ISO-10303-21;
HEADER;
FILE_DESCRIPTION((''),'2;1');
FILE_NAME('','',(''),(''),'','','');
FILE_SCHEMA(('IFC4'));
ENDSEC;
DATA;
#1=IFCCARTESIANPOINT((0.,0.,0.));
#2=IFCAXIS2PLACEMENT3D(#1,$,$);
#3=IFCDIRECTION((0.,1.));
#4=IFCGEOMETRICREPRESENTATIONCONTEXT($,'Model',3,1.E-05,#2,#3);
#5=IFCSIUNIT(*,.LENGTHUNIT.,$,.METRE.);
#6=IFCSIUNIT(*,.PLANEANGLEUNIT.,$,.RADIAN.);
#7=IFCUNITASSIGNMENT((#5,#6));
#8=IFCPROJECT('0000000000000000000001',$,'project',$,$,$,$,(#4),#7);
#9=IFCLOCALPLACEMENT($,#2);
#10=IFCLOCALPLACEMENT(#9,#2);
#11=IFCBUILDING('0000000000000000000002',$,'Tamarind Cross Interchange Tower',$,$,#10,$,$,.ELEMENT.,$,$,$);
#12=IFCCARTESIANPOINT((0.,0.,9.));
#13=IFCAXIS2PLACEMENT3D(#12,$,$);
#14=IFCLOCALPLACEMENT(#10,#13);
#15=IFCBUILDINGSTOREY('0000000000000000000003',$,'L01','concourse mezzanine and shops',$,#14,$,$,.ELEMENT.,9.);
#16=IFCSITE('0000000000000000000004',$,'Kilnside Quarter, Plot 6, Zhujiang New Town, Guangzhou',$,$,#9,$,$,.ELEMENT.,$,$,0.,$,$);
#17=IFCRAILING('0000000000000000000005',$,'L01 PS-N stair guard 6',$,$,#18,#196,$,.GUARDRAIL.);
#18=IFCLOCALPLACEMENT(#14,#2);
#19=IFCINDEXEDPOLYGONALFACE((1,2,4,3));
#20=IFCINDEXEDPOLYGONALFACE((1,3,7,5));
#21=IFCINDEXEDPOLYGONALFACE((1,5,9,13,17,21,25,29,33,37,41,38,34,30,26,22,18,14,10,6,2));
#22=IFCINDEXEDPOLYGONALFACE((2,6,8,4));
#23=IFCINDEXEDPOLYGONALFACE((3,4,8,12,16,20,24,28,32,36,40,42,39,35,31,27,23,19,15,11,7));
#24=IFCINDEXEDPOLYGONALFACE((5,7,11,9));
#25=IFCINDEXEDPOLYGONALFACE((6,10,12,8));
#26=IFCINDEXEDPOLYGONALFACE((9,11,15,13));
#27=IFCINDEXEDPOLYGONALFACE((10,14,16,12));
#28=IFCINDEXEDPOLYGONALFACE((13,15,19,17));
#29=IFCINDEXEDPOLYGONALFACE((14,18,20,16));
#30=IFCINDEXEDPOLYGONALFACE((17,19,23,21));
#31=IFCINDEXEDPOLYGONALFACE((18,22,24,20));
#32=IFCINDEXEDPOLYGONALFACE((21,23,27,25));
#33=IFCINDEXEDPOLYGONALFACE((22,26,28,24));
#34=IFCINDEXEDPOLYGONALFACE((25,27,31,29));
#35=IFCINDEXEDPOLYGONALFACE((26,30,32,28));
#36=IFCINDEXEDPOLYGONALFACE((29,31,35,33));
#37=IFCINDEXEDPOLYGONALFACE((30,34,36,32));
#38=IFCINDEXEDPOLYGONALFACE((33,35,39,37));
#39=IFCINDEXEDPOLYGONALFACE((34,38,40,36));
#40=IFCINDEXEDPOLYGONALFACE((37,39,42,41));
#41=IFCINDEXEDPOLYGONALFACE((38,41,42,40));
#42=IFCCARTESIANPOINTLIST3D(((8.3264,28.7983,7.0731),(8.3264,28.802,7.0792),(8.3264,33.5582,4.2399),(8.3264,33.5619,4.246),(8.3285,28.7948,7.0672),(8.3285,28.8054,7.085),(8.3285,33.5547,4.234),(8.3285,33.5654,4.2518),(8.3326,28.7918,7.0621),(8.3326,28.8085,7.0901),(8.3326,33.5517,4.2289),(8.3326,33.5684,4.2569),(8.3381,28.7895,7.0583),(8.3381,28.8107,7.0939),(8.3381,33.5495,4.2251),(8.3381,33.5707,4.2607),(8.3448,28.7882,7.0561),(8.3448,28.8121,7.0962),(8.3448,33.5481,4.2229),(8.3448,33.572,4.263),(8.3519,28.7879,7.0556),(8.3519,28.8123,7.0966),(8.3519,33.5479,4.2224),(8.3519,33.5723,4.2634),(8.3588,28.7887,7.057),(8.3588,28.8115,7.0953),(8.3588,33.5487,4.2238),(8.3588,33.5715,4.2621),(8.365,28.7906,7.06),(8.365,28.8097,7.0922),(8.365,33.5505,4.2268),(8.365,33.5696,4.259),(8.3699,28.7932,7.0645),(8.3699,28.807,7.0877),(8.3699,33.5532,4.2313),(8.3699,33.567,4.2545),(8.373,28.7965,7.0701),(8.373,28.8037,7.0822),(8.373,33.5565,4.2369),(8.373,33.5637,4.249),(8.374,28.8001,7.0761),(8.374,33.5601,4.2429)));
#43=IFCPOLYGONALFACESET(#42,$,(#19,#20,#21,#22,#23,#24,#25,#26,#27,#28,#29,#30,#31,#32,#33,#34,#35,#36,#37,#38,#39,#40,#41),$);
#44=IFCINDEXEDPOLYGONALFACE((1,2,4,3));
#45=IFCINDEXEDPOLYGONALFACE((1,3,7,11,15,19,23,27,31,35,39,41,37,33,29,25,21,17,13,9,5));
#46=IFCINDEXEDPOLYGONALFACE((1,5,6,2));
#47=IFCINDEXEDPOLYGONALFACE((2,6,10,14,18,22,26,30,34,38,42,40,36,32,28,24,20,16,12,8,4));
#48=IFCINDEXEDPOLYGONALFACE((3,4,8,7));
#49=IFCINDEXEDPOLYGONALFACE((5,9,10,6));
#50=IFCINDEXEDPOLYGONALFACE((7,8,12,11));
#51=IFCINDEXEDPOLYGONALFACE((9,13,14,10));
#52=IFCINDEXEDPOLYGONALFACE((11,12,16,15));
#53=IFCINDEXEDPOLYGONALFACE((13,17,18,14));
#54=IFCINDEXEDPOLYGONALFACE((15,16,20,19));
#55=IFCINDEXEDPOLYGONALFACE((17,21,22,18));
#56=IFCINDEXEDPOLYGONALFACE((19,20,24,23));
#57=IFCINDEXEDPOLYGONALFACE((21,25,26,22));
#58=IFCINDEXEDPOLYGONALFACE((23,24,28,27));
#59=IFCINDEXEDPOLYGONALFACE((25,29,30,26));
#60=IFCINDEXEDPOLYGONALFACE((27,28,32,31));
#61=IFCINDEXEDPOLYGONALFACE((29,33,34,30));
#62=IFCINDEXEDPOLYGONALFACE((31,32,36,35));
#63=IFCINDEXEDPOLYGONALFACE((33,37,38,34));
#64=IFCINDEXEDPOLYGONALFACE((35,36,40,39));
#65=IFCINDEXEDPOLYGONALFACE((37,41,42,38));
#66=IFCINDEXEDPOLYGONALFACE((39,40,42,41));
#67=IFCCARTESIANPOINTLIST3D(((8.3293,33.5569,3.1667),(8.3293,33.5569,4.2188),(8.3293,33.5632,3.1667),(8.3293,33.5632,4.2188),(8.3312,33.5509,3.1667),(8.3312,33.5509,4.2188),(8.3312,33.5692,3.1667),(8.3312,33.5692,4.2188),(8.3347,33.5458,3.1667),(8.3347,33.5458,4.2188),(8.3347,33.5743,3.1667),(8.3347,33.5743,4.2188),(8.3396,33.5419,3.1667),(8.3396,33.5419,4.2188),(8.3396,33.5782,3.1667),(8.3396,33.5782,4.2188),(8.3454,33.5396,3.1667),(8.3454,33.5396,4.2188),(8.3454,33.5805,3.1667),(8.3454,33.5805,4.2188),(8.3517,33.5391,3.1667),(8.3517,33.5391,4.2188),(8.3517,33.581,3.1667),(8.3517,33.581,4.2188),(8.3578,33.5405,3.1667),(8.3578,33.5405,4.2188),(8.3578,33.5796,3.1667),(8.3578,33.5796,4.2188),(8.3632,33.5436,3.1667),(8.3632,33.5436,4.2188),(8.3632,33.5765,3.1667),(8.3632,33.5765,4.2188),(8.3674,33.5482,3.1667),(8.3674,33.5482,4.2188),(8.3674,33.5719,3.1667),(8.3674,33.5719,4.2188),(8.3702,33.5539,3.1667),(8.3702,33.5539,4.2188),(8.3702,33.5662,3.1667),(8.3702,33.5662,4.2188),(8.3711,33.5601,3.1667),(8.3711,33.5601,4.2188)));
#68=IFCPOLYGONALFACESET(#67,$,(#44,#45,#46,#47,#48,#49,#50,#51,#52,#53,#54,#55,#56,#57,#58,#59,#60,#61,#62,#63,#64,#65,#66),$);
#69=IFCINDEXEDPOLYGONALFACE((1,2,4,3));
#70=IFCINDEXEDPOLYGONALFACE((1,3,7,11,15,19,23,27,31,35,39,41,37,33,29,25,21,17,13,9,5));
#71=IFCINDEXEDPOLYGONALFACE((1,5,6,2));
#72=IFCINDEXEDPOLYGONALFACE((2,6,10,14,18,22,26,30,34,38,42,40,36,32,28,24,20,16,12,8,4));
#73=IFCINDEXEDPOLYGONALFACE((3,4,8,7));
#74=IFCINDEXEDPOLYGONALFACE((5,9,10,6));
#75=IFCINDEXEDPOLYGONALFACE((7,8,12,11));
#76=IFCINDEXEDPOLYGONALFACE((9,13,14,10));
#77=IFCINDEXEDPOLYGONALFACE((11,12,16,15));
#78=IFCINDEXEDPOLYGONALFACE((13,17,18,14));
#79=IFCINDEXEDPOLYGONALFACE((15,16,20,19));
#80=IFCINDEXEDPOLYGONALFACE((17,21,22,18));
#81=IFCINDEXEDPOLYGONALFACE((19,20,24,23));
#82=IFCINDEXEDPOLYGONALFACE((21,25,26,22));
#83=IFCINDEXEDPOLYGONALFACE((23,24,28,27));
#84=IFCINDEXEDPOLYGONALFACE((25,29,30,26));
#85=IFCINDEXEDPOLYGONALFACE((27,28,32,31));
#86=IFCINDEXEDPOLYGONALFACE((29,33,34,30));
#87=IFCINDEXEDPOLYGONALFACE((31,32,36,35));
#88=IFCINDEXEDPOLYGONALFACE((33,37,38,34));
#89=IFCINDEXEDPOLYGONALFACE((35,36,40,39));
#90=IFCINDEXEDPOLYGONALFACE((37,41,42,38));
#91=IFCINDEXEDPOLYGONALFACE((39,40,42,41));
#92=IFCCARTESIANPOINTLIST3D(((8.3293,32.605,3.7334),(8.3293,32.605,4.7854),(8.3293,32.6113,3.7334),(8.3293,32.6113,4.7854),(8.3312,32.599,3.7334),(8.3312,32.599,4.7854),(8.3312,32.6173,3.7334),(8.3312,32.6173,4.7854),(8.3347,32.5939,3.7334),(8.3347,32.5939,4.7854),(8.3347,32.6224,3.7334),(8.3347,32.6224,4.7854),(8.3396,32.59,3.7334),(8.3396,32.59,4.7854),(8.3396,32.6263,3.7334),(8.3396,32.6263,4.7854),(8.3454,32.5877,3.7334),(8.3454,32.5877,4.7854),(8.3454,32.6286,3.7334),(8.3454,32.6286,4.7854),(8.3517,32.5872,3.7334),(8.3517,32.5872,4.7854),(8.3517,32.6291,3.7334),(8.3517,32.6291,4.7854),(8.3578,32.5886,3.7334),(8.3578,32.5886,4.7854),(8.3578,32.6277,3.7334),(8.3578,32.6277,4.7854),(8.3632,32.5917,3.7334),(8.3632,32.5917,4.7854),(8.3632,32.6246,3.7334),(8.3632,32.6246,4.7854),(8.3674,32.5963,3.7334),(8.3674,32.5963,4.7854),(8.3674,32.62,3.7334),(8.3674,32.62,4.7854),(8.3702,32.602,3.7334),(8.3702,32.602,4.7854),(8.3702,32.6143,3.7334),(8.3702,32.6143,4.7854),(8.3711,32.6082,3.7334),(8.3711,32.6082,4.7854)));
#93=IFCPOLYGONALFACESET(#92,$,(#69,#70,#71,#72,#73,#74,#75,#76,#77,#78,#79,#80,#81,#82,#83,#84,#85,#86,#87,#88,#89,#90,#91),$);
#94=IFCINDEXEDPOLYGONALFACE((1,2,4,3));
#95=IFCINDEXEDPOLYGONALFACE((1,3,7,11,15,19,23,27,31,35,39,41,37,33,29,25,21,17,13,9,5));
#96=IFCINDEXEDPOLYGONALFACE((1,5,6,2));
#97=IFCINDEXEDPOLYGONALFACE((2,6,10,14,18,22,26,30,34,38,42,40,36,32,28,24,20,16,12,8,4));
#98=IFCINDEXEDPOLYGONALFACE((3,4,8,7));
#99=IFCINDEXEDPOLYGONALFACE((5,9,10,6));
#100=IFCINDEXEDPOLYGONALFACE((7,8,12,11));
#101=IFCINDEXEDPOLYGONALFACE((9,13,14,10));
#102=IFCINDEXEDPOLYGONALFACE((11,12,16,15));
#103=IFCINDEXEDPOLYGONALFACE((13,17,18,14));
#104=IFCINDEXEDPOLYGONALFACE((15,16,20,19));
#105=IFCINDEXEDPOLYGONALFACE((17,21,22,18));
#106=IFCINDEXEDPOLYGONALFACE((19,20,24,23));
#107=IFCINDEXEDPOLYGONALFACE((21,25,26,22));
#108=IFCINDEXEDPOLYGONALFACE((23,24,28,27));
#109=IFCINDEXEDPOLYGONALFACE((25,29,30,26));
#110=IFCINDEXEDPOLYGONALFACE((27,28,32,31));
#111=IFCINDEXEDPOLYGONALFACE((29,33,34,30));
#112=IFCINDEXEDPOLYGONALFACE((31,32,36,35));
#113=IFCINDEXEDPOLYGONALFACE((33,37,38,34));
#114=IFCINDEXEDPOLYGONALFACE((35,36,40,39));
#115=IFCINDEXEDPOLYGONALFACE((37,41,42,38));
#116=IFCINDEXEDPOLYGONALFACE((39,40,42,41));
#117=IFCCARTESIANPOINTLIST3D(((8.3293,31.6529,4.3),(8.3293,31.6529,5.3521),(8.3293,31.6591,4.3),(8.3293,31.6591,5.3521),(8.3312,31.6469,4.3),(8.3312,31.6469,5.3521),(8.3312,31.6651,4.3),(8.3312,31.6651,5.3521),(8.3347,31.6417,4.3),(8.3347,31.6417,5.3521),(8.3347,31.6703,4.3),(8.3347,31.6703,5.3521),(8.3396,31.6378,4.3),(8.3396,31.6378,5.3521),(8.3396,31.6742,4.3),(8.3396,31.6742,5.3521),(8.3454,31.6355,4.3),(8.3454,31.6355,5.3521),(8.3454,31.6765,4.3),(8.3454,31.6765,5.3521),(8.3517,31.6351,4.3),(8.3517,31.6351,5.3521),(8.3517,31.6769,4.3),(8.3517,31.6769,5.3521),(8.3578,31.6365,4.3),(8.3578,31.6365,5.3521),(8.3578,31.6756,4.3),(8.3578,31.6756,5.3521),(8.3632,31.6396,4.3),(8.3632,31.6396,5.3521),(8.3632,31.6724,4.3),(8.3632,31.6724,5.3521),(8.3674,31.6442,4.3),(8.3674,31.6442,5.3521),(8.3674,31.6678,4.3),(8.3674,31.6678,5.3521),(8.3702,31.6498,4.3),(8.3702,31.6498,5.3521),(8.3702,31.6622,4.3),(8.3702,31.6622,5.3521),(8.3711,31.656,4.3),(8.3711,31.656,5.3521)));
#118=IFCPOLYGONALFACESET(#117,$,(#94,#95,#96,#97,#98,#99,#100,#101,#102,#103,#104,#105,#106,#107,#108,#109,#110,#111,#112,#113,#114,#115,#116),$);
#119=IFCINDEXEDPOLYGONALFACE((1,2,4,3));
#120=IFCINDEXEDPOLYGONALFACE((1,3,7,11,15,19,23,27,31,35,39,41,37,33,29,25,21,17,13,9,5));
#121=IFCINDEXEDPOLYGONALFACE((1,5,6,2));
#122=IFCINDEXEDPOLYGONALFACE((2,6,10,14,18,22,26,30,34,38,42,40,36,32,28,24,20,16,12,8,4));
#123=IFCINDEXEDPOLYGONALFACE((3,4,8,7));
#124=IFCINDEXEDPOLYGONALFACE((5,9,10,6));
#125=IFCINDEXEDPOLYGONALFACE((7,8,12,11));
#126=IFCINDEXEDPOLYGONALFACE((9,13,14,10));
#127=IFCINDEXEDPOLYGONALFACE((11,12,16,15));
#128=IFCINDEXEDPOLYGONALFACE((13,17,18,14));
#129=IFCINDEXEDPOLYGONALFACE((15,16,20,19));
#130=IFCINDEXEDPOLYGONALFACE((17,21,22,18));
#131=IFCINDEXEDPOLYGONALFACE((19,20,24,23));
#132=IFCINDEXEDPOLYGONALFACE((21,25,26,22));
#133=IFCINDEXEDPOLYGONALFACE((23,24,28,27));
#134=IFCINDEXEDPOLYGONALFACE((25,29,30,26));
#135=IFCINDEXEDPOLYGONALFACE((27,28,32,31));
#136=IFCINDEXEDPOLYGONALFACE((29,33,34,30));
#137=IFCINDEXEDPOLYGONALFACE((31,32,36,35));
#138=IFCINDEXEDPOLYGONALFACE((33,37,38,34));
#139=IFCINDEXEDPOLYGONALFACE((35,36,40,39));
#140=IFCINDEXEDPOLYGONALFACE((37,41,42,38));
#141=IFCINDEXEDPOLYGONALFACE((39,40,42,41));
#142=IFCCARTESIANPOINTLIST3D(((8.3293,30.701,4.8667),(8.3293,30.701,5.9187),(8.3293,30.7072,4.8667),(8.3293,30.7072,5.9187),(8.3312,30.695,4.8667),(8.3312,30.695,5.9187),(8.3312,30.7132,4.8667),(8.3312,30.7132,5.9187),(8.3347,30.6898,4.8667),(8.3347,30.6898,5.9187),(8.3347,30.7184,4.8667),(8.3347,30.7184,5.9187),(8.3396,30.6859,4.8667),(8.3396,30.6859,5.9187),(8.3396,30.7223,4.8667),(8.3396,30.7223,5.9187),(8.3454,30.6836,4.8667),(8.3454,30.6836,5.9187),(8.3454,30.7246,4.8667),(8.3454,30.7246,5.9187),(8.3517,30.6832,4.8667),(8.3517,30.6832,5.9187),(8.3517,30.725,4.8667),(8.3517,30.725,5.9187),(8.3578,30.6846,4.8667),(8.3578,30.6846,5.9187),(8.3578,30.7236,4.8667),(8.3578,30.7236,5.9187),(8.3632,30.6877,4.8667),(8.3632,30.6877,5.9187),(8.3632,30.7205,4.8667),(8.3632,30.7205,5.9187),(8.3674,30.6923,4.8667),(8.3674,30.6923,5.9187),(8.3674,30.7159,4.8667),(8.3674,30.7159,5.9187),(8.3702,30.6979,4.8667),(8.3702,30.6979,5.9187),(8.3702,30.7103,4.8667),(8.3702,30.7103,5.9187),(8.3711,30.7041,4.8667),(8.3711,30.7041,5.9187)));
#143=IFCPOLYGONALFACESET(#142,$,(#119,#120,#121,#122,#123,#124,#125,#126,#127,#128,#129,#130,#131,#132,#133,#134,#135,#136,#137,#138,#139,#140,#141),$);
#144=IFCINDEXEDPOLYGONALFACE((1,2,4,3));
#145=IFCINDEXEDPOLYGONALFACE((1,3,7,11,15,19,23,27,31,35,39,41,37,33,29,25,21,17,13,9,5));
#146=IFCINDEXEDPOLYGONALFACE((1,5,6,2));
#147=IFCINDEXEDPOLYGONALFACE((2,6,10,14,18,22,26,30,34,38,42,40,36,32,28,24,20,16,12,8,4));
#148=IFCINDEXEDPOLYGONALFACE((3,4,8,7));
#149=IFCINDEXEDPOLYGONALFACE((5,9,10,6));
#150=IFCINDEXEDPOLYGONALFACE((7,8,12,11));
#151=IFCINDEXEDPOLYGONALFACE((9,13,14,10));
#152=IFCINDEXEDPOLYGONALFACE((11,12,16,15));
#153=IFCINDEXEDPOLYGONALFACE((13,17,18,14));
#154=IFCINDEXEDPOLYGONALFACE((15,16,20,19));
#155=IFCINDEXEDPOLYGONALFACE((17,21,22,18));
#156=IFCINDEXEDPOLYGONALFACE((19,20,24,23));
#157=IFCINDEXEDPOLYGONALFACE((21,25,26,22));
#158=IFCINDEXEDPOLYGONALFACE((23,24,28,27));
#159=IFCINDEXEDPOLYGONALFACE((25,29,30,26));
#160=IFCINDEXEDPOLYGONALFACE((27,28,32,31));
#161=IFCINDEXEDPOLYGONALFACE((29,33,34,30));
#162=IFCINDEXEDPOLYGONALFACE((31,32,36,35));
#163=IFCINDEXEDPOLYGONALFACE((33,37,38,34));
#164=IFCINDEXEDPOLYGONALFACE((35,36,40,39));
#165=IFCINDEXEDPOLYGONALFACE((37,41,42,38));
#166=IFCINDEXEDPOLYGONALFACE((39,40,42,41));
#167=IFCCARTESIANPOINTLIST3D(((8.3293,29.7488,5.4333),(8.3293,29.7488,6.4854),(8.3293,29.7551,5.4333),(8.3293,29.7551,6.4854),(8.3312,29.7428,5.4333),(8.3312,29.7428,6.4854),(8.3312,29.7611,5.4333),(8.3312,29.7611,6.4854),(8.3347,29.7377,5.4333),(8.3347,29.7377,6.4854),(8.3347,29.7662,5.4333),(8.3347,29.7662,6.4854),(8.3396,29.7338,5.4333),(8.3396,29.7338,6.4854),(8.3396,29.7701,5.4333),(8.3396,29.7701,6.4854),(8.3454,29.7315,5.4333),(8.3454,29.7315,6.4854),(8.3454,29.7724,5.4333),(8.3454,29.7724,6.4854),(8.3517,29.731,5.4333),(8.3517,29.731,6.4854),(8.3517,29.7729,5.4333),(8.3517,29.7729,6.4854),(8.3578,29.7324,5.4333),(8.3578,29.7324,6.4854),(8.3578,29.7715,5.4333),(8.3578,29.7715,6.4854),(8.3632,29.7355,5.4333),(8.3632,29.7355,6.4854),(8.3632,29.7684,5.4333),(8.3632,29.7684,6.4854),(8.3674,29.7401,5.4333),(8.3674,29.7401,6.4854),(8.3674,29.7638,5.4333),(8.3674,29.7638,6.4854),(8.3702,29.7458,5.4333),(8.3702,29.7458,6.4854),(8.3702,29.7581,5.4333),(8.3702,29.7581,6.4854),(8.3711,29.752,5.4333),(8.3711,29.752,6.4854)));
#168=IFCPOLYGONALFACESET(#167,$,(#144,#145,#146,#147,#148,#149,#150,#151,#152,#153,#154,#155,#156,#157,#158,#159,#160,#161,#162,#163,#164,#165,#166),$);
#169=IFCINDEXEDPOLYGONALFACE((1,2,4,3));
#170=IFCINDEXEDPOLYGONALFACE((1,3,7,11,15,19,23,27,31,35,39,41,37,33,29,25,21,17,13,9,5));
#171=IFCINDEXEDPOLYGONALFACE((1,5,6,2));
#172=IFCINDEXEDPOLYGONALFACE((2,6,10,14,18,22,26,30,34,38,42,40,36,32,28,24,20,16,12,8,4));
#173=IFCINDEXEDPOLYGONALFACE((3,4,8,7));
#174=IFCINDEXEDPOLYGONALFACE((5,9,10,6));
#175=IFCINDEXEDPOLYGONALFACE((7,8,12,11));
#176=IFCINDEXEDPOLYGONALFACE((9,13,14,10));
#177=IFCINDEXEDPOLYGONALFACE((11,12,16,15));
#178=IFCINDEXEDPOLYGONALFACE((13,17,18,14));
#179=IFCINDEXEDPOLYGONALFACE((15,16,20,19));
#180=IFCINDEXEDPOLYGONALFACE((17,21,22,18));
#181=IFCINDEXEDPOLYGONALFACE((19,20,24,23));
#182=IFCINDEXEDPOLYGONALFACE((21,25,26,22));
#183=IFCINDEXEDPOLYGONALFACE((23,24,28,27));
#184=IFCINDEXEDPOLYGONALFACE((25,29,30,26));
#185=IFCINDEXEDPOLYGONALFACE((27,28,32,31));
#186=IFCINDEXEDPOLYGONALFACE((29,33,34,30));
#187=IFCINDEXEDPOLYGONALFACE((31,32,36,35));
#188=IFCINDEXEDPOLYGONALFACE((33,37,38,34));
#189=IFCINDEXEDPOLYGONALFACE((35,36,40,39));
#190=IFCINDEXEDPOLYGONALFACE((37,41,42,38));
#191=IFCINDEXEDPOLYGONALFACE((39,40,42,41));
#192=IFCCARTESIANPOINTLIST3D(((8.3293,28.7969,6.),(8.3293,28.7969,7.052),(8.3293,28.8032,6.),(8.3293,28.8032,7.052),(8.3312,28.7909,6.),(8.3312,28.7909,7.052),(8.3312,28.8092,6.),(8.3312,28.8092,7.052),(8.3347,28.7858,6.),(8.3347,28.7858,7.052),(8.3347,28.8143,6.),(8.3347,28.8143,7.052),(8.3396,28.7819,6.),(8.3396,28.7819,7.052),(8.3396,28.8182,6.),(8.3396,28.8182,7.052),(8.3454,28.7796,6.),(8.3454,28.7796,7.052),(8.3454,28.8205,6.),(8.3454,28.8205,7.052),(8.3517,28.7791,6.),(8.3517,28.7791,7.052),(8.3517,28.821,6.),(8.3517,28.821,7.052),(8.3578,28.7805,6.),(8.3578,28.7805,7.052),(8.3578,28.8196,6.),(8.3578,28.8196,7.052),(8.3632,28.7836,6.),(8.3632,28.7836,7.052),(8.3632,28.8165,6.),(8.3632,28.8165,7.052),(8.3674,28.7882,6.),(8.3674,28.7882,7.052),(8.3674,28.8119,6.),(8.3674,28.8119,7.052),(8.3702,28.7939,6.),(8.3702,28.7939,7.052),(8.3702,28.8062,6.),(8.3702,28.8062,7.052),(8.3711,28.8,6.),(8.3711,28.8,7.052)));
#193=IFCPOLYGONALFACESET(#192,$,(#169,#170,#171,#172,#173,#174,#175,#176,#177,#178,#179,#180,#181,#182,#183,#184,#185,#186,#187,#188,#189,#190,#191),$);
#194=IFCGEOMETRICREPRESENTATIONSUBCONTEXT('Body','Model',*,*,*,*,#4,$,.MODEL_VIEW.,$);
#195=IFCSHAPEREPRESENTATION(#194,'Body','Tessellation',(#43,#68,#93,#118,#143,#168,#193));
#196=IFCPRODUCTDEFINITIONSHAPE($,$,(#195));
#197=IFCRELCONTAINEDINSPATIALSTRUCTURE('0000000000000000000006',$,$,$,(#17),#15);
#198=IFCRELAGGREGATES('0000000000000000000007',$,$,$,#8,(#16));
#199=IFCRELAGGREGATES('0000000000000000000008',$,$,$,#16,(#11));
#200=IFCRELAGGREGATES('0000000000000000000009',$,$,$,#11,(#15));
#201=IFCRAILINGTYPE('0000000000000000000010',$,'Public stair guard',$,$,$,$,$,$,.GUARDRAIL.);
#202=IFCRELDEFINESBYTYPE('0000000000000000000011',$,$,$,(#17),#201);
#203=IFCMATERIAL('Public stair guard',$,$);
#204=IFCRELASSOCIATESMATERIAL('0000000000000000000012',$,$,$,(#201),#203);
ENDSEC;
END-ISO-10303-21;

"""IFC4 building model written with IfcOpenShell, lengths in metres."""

from ifc_helpers import new_model, si_unit, direction, frame, origin, origin_2d, place, context, subcontext, project, spatial, circle, extrude, material, type_object, element, save


model = new_model("IFC4")

# Units and contexts
model_context = context("Model", 3, precision=1e-05, world=origin(), true_north=direction((0.0, 1.0)))
body_context = subcontext(model_context, "Body", "Model", "MODEL_VIEW")
ifc_project = project(units=[si_unit("LENGTHUNIT", "METRE"), si_unit("PLANEANGLEUNIT", "RADIAN")], contexts=[model_context])

# Site, building, storey
site_placement = place(None, origin())
site = spatial("IfcSite", under=ifc_project, at=site_placement, Name="Kilnside Quarter, Plot 6, Zhujiang New Town, Guangzhou", CompositionType="ELEMENT", RefElevation=0.0)
building_placement = place(site_placement, origin())
building = spatial("IfcBuilding", under=site, at=building_placement, Name="Tamarind Cross Interchange Tower", CompositionType="ELEMENT")
storey_placement = place(building_placement, frame((0.0, 0.0, 9.0)))
storey = spatial("IfcBuildingStorey", under=building, at=storey_placement, Name="L01", Description="concourse mezzanine and shops", CompositionType="ELEMENT", Elevation=9.0)

# Railing
ifc_material_1 = material(Name="Public stair guard")
railing_type_1 = type_object("IfcRailingType", Name="Public stair guard", PredefinedType="GUARDRAIL", material=ifc_material_1)
railing_1_placement = place(storey_placement, frame((8.3501, 33.5601, 3.1667)))
element("IfcRailing", 1, at=railing_1_placement, inside=storey, type_object=railing_type_1, Name="L01 PS-N stair guard 6", PredefinedType="GUARDRAIL", context=body_context, shape_type="SweptSolid", body=[
    extrude(circle(Radius=0.0239, at=origin_2d()), frame((0.0, 0.0, 1.0762), z_axis=(0.0, -0.8593, 0.511472), x_axis=(1.0, 0.0, 0.0)), (0.0, 0.0, 1.0), 5.5393),
    extrude(circle(Radius=0.021, at=origin_2d()), origin(), (0.0, 0.0, 1.0), 1.052),
    extrude(circle(Radius=0.021, at=origin_2d()), frame((0.0, -0.9519, 0.5667)), (0.0, 0.0, 1.0), 1.052),
    extrude(circle(Radius=0.021, at=origin_2d()), frame((0.0, -1.9041, 1.1333)), (0.0, 0.0, 1.0), 1.052),
    extrude(circle(Radius=0.021, at=origin_2d()), frame((0.0, -2.856, 1.7)), (0.0, 0.0, 1.0), 1.052),
    extrude(circle(Radius=0.021, at=origin_2d()), frame((0.0, -3.8081, 2.2666)), (0.0, 0.0, 1.0), 1.052),
    extrude(circle(Radius=0.021, at=origin_2d()), frame((0.0, -4.76, 2.8333)), (0.0, 0.0, 1.0), 1.052),
])

save(model, "model.ifc")
